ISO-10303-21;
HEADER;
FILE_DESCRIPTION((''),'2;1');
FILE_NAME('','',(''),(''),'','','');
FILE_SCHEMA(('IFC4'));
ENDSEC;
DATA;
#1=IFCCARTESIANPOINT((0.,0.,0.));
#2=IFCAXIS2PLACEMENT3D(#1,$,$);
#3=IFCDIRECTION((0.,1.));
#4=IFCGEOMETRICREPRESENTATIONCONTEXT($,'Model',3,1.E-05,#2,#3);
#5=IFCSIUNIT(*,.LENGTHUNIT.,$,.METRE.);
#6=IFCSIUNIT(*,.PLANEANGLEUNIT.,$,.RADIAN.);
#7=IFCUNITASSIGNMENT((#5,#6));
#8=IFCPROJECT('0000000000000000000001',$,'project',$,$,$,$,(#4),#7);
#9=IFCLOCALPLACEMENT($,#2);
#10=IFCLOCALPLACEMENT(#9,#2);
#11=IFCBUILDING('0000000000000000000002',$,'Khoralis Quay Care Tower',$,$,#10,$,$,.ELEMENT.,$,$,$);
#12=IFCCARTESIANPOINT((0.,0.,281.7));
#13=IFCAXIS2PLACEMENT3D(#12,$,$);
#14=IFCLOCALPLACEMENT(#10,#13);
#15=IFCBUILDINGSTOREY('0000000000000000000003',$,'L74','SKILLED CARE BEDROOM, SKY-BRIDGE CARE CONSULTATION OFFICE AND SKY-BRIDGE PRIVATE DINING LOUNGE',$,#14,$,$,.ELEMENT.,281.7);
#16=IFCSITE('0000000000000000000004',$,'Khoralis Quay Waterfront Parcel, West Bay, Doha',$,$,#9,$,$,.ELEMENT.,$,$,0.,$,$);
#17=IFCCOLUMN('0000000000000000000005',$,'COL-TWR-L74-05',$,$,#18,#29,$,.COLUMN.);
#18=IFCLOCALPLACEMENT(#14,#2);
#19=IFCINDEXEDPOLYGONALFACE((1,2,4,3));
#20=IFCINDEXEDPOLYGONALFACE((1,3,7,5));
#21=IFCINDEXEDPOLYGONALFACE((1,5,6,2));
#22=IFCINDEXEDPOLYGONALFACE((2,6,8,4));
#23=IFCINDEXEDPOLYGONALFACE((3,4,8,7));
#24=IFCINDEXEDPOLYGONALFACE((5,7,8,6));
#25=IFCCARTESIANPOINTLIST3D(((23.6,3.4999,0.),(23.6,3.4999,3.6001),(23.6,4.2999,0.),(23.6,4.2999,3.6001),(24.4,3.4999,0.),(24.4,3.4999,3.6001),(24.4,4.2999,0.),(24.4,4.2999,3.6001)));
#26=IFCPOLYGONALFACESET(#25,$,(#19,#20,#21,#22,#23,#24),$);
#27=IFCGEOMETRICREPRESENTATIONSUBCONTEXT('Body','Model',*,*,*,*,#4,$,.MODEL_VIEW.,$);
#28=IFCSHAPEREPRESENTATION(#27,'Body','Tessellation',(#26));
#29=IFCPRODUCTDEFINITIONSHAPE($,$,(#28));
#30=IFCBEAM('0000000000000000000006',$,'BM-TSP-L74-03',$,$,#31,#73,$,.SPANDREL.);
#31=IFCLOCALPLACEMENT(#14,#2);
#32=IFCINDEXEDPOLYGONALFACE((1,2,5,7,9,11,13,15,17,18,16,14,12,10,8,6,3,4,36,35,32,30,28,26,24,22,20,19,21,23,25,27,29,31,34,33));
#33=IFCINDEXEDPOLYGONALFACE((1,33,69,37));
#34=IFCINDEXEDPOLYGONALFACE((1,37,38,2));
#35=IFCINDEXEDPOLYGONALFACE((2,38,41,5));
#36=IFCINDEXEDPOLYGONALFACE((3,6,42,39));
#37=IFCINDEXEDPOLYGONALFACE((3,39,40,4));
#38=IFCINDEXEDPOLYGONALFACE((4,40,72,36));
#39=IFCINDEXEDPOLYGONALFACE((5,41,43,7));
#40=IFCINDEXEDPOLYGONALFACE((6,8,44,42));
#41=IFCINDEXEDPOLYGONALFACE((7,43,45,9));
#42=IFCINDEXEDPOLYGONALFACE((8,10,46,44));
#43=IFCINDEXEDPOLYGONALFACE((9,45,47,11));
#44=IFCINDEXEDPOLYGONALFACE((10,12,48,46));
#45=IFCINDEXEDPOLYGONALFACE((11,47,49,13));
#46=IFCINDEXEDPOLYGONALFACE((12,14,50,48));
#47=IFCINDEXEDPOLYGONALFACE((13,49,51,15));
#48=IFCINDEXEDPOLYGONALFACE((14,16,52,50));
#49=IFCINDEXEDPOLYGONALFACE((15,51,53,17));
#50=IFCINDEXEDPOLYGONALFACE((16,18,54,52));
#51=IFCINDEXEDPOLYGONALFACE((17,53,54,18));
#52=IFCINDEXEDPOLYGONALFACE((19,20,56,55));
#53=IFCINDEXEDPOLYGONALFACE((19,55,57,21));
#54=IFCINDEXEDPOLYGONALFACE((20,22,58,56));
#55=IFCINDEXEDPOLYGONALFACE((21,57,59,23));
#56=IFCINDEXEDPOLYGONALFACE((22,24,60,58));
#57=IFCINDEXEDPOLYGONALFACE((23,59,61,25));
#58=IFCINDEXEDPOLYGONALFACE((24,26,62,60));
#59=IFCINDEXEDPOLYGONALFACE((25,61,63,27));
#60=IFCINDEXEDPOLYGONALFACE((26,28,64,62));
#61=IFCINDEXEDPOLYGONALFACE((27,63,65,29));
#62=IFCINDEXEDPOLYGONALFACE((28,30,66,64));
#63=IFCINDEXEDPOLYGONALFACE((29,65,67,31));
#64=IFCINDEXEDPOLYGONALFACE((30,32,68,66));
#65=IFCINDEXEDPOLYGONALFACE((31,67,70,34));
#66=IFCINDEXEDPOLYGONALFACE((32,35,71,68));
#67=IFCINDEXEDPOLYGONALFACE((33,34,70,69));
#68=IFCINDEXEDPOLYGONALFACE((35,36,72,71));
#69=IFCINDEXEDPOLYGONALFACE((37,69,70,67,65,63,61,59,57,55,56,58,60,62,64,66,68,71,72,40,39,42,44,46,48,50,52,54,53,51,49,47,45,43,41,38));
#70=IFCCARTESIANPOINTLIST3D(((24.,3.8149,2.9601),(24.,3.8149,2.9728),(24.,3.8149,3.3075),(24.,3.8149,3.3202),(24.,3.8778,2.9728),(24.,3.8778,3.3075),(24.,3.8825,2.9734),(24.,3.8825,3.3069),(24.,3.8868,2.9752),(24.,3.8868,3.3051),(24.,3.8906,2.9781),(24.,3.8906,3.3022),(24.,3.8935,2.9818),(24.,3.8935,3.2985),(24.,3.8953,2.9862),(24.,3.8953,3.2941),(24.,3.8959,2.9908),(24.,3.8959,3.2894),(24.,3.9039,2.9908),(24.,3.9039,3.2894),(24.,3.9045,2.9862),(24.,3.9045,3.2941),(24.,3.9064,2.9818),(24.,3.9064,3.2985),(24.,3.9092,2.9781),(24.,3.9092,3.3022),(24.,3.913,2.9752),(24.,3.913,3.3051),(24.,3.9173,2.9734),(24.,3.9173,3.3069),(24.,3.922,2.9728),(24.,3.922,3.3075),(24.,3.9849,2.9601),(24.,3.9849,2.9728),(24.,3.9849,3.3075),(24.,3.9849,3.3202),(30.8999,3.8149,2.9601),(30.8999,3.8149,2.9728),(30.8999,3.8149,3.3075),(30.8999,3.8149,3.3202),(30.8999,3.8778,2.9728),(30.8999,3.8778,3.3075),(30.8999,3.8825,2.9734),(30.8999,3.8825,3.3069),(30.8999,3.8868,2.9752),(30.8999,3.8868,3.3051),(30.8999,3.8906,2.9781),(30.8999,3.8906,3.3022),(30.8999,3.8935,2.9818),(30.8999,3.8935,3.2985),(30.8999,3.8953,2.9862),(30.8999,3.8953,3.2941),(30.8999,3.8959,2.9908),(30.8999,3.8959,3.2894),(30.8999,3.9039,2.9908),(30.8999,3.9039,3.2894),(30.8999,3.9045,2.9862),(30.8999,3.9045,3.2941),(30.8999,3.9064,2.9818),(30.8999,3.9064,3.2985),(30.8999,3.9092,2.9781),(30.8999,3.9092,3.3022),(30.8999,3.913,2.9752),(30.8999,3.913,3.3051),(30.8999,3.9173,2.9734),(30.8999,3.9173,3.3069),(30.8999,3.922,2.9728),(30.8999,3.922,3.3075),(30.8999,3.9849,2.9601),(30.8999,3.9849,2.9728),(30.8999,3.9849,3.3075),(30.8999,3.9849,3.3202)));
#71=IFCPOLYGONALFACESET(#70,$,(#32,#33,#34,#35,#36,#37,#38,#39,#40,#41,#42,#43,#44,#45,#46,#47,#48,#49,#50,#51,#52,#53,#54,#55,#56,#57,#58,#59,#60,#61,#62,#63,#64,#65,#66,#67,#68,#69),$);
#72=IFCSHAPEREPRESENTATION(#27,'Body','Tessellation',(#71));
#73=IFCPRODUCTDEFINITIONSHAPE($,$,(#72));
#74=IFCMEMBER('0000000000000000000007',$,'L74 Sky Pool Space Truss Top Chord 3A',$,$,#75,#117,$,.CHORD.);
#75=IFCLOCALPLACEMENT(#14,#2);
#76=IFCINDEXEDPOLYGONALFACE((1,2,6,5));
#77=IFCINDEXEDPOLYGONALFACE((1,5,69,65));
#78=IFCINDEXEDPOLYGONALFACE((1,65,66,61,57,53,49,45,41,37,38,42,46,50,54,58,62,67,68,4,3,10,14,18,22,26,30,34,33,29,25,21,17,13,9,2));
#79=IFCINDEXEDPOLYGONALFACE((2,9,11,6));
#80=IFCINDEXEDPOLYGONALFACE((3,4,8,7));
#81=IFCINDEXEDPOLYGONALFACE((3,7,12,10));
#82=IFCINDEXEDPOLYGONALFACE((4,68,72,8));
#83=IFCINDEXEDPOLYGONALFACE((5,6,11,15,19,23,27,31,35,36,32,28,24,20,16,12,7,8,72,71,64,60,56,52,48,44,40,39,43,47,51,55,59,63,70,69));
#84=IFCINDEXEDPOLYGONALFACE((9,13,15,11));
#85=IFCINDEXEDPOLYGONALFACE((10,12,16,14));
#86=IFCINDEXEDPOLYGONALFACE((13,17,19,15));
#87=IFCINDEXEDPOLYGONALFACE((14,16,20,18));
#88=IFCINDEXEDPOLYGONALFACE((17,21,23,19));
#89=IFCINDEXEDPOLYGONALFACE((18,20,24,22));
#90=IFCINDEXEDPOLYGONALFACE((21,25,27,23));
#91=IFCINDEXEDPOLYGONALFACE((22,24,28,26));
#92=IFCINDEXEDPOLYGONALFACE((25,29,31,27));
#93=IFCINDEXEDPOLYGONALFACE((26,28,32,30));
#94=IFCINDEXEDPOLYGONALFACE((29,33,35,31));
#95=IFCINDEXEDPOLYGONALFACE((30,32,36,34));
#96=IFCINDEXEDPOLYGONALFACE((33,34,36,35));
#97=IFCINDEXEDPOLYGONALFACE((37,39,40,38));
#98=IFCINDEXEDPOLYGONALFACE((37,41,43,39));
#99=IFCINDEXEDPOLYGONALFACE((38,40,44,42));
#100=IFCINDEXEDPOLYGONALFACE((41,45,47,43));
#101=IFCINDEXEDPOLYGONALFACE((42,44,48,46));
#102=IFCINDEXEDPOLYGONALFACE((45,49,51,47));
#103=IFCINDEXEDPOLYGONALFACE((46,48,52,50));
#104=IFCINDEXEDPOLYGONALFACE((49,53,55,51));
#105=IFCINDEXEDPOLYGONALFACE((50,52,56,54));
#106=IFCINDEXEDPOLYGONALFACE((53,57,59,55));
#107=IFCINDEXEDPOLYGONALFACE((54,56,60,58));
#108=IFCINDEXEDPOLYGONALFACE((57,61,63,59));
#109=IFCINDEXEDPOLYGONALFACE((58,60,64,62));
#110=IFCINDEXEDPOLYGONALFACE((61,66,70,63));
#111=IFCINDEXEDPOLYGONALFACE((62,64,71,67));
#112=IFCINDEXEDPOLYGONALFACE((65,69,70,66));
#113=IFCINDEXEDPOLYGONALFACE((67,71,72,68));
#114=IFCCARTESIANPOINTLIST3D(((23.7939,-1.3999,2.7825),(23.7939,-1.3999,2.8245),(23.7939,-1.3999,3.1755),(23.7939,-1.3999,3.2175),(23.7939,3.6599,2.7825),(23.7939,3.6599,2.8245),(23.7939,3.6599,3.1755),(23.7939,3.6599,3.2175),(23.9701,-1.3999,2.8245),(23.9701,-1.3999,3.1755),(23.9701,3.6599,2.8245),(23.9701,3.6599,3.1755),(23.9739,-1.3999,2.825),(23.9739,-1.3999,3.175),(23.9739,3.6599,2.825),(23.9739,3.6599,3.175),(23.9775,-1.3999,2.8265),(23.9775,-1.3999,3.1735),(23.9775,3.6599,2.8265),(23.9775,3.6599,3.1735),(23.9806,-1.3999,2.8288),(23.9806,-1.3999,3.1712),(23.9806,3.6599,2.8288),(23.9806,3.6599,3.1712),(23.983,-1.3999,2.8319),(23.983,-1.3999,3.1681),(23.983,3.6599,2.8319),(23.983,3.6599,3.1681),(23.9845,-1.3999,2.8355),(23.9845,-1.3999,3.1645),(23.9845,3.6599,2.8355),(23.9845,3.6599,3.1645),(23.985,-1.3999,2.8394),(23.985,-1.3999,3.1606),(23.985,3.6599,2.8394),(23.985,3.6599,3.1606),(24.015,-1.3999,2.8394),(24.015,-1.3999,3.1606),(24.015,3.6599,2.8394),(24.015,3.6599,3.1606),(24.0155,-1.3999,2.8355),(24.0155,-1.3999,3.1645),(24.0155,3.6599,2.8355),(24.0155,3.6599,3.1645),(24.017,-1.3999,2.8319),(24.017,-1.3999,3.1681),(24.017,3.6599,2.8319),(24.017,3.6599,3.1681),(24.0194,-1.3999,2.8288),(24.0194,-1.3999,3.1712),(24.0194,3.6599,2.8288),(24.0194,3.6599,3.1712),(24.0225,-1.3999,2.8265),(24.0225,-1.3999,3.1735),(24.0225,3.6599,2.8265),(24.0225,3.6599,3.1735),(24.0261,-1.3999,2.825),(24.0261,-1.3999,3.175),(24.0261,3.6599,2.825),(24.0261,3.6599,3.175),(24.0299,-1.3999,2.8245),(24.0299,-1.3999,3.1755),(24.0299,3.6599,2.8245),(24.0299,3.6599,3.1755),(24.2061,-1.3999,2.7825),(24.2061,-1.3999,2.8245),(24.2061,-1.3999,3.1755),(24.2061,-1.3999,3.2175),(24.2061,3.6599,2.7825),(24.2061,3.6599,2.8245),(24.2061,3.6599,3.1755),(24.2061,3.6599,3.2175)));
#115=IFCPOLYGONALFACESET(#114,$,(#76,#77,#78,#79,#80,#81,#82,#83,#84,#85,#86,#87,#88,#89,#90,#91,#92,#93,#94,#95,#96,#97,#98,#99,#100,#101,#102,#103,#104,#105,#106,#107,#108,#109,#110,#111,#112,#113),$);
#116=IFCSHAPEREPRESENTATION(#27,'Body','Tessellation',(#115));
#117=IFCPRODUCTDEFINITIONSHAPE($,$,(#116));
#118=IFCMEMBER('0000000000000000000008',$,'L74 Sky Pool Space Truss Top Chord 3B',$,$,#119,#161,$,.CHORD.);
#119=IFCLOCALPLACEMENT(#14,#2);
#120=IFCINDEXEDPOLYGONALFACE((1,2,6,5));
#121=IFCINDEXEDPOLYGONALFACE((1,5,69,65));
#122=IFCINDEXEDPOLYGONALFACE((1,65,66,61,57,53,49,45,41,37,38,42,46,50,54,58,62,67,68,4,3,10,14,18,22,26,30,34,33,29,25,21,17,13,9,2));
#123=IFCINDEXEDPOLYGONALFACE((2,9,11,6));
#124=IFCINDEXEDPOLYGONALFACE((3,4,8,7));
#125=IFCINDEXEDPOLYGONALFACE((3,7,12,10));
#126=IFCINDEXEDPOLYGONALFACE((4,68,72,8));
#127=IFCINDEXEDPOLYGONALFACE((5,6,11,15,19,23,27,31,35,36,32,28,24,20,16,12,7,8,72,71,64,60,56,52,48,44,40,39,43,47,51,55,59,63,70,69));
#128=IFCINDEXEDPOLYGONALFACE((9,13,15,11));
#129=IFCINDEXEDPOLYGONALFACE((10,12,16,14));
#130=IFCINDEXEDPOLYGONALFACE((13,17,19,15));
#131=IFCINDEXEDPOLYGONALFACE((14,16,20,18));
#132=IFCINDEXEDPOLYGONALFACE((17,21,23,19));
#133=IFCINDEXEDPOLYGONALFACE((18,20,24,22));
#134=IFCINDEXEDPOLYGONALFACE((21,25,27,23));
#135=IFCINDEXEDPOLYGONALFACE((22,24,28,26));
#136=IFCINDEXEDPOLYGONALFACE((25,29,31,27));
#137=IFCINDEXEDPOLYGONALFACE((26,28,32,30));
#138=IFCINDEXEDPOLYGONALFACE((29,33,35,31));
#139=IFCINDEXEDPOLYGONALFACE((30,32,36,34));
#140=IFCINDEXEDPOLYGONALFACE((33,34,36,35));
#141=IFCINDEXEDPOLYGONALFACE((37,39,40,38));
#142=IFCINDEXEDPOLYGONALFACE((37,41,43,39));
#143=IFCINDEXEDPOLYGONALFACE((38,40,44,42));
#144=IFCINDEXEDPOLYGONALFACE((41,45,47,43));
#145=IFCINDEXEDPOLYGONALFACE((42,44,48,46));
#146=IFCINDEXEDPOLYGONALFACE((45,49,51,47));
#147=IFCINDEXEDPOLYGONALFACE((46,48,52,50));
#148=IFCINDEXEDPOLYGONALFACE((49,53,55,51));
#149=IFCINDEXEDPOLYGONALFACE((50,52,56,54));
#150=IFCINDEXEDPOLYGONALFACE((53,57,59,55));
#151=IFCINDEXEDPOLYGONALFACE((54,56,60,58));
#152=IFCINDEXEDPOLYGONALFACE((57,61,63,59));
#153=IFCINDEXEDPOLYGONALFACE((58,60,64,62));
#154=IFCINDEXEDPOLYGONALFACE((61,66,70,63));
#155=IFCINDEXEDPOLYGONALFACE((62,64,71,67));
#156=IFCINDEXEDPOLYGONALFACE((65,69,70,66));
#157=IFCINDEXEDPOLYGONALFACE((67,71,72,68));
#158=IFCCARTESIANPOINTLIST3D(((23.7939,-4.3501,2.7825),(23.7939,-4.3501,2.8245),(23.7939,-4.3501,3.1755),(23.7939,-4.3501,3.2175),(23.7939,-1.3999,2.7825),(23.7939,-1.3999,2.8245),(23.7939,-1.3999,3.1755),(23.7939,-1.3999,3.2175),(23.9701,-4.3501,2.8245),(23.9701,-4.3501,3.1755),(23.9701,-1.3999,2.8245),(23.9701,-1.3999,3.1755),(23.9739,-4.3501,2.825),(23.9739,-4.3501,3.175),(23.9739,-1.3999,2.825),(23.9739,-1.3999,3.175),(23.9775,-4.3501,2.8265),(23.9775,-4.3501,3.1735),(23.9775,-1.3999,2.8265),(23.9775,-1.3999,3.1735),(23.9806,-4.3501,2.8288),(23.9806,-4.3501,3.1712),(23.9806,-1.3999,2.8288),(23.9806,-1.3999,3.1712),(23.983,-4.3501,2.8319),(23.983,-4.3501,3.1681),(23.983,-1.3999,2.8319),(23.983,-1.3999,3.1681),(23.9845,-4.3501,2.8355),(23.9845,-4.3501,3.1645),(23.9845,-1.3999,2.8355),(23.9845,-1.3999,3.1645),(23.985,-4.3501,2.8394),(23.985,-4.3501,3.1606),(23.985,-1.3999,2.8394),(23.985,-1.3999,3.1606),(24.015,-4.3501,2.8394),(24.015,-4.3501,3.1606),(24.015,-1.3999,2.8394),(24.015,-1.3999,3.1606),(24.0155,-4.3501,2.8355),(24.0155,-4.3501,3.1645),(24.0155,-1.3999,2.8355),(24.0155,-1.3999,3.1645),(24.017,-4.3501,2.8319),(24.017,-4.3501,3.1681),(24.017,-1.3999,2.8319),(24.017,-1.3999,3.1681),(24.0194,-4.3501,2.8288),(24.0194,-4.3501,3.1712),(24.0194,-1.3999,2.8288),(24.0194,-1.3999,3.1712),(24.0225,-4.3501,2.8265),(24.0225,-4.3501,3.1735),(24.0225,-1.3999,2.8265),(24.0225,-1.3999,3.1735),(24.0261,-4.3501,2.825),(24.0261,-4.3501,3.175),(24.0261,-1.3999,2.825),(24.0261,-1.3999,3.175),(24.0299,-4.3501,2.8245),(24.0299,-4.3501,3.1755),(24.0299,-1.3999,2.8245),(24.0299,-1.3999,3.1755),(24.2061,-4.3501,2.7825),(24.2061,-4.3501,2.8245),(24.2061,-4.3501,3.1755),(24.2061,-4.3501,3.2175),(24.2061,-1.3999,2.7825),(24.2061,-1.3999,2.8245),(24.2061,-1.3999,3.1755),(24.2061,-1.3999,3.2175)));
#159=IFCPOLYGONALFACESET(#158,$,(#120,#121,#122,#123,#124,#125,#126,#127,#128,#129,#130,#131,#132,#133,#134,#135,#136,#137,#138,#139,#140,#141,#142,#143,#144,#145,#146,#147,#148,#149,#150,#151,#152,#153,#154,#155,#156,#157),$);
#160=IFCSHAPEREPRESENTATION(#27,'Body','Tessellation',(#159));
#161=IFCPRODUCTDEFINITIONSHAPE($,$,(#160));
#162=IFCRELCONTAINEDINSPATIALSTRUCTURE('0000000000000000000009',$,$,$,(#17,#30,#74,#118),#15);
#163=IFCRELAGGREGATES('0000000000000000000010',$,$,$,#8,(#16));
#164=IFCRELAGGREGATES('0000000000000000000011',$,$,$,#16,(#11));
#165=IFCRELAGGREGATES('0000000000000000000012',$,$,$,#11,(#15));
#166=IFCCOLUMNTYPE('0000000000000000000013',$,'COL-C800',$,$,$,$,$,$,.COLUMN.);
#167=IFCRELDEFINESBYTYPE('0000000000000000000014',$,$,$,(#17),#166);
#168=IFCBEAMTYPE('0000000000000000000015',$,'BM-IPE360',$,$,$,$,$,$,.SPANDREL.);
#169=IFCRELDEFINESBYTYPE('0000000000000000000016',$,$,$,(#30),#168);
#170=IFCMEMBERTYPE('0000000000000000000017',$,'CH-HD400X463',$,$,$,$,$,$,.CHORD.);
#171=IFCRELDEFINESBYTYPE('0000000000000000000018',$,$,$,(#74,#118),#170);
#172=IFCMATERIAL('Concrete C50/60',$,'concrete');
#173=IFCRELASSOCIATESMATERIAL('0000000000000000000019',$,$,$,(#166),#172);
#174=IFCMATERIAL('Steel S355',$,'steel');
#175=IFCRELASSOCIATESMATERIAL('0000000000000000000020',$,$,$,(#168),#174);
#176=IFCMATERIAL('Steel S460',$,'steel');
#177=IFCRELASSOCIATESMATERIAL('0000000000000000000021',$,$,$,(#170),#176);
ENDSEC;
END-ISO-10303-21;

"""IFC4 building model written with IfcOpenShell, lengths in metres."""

from ifc_helpers import new_model, si_unit, direction, frame, origin, origin_2d, place, context, subcontext, project, spatial, rectangle, i_section, extrude, source, transform, mapped, material, material_profile, profile_set, type_object, element, save


model = new_model("IFC4")

# Units and contexts
model_context = context("Model", 3, precision=1e-05, world=origin(), true_north=direction((0.0, 1.0)))
body_context = subcontext(model_context, "Body", "Model", "MODEL_VIEW")
ifc_project = project(units=[si_unit("LENGTHUNIT", "METRE"), si_unit("PLANEANGLEUNIT", "RADIAN")], contexts=[model_context])

# Site, building, storey
site_placement = place(None, origin())
site = spatial("IfcSite", under=ifc_project, at=site_placement, Name="Khoralis Quay Waterfront Parcel, West Bay, Doha", CompositionType="ELEMENT", RefElevation=0.0)
building_placement = place(site_placement, origin())
building = spatial("IfcBuilding", under=site, at=building_placement, Name="Khoralis Quay Care Tower", CompositionType="ELEMENT")
storey_placement = place(building_placement, frame((0.0, 0.0, 281.7)))
storey = spatial("IfcBuildingStorey", under=building, at=storey_placement, Name="L74", Description="SKILLED CARE BEDROOM, SKY-BRIDGE CARE CONSULTATION OFFICE AND SKY-BRIDGE PRIVATE DINING LOUNGE", CompositionType="ELEMENT", Elevation=281.7)

# Column
ifc_material_1 = material(Name="Concrete C50/60", Category="concrete")
ifc_material_profile_1 = material_profile(ifc_material_1, rectangle(XDim=0.8, YDim=0.8, at=origin_2d()), Name="Concrete C50/60")
ifc_profile_set_1 = profile_set([ifc_material_profile_1], Name="Concrete C50/60")
column_type = type_object("IfcColumnType", Name="COL-C800", PredefinedType="COLUMN", material=ifc_profile_set_1)
shared_shape_1 = source(origin(), body_context, "Body", "SweptSolid", [
    extrude(rectangle(XDim=0.8, YDim=0.8, at=origin_2d()), origin(), (0.0, 0.0, 1.0), 3.6001),
])
column_placement = place(storey_placement, frame((24.0, 3.8999, 0.0), z_axis=(0.0, 0.0, 1.0), x_axis=(1.0, 0.0, 0.0)))
element("IfcColumn", 1, at=column_placement, inside=storey, type_object=column_type, Name="COL-TWR-L74-05", PredefinedType="COLUMN", context=body_context, shape_type="MappedRepresentation", body=[
    mapped(shared_shape_1, transform((0.0, 0.0, 0.0), scale=1.0)),
])

# Beam
ifc_material_2 = material(Name="Steel S355", Category="steel")
ifc_material_profile_2 = material_profile(ifc_material_2, i_section(OverallWidth=0.1699, OverallDepth=0.3601, WebThickness=0.0081, FlangeThickness=0.0127, FilletRadius=0.0181, at=origin_2d()), Name="Steel S355")
ifc_profile_set_2 = profile_set([ifc_material_profile_2], Name="Steel S355")
beam_type_1 = type_object("IfcBeamType", Name="BM-IPE360", PredefinedType="SPANDREL", material=ifc_profile_set_2)
shared_shape_2 = source(origin(), body_context, "Body", "SweptSolid", [
    extrude(i_section(OverallWidth=0.1699, OverallDepth=0.3601, WebThickness=0.0081, FlangeThickness=0.0127, FilletRadius=0.0181, at=origin_2d()), origin(), (0.0, 0.0, 1.0), 6.8999),
])
beam_1_placement = place(storey_placement, frame((24.0, 3.8999, 3.1401), z_axis=(1.0, 0.0, 0.0), x_axis=(0.0, 1.0, 0.0)))
element("IfcBeam", 2, at=beam_1_placement, inside=storey, type_object=beam_type_1, Name="BM-TSP-L74-03", PredefinedType="SPANDREL", context=body_context, shape_type="MappedRepresentation", body=[
    mapped(shared_shape_2, transform((0.0, 0.0, 0.0), scale=1.0)),
])

# Members
ifc_material_3 = material(Name="Steel S460", Category="steel")
ifc_material_profile_3 = material_profile(ifc_material_3, i_section(OverallWidth=0.4121, OverallDepth=0.4351, WebThickness=0.03, FlangeThickness=0.042, FilletRadius=0.0149, at=origin_2d()), Name="Steel S460")
ifc_profile_set_3 = profile_set([ifc_material_profile_3], Name="Steel S460")
member_type_1 = type_object("IfcMemberType", Name="CH-HD400X463", PredefinedType="CHORD", material=ifc_profile_set_3)
shared_shape_3 = source(origin(), body_context, "Body", "SweptSolid", [
    extrude(i_section(OverallWidth=0.4121, OverallDepth=0.4351, WebThickness=0.03, FlangeThickness=0.042, FilletRadius=0.0149, at=origin_2d()), origin(), (0.0, 0.0, 1.0), 5.0598),
])
member_1_placement = place(storey_placement, frame((24.0, 3.6599, 3.0), z_axis=(0.0, -1.0, 0.0), x_axis=(1.0, 0.0, 0.0)))
element("IfcMember", 3, at=member_1_placement, inside=storey, type_object=member_type_1, Name="L74 Sky Pool Space Truss Top Chord 3A", PredefinedType="CHORD", context=body_context, shape_type="MappedRepresentation", body=[
    mapped(shared_shape_3, transform((0.0, 0.0, 0.0), scale=1.0)),
])
shared_shape_4 = source(origin(), body_context, "Body", "SweptSolid", [
    extrude(i_section(OverallWidth=0.4121, OverallDepth=0.4351, WebThickness=0.03, FlangeThickness=0.042, FilletRadius=0.0149, at=origin_2d()), origin(), (0.0, 0.0, 1.0), 2.9502),
])
member_2_placement = place(storey_placement, frame((24.0, -1.3999, 3.0), z_axis=(0.0, -1.0, 0.0), x_axis=(1.0, 0.0, 0.0)))
element("IfcMember", 4, at=member_2_placement, inside=storey, type_object=member_type_1, Name="L74 Sky Pool Space Truss Top Chord 3B", PredefinedType="CHORD", context=body_context, shape_type="MappedRepresentation", body=[
    mapped(shared_shape_4, transform((0.0, 0.0, 0.0), scale=1.0)),
])

save(model, "model.ifc")
